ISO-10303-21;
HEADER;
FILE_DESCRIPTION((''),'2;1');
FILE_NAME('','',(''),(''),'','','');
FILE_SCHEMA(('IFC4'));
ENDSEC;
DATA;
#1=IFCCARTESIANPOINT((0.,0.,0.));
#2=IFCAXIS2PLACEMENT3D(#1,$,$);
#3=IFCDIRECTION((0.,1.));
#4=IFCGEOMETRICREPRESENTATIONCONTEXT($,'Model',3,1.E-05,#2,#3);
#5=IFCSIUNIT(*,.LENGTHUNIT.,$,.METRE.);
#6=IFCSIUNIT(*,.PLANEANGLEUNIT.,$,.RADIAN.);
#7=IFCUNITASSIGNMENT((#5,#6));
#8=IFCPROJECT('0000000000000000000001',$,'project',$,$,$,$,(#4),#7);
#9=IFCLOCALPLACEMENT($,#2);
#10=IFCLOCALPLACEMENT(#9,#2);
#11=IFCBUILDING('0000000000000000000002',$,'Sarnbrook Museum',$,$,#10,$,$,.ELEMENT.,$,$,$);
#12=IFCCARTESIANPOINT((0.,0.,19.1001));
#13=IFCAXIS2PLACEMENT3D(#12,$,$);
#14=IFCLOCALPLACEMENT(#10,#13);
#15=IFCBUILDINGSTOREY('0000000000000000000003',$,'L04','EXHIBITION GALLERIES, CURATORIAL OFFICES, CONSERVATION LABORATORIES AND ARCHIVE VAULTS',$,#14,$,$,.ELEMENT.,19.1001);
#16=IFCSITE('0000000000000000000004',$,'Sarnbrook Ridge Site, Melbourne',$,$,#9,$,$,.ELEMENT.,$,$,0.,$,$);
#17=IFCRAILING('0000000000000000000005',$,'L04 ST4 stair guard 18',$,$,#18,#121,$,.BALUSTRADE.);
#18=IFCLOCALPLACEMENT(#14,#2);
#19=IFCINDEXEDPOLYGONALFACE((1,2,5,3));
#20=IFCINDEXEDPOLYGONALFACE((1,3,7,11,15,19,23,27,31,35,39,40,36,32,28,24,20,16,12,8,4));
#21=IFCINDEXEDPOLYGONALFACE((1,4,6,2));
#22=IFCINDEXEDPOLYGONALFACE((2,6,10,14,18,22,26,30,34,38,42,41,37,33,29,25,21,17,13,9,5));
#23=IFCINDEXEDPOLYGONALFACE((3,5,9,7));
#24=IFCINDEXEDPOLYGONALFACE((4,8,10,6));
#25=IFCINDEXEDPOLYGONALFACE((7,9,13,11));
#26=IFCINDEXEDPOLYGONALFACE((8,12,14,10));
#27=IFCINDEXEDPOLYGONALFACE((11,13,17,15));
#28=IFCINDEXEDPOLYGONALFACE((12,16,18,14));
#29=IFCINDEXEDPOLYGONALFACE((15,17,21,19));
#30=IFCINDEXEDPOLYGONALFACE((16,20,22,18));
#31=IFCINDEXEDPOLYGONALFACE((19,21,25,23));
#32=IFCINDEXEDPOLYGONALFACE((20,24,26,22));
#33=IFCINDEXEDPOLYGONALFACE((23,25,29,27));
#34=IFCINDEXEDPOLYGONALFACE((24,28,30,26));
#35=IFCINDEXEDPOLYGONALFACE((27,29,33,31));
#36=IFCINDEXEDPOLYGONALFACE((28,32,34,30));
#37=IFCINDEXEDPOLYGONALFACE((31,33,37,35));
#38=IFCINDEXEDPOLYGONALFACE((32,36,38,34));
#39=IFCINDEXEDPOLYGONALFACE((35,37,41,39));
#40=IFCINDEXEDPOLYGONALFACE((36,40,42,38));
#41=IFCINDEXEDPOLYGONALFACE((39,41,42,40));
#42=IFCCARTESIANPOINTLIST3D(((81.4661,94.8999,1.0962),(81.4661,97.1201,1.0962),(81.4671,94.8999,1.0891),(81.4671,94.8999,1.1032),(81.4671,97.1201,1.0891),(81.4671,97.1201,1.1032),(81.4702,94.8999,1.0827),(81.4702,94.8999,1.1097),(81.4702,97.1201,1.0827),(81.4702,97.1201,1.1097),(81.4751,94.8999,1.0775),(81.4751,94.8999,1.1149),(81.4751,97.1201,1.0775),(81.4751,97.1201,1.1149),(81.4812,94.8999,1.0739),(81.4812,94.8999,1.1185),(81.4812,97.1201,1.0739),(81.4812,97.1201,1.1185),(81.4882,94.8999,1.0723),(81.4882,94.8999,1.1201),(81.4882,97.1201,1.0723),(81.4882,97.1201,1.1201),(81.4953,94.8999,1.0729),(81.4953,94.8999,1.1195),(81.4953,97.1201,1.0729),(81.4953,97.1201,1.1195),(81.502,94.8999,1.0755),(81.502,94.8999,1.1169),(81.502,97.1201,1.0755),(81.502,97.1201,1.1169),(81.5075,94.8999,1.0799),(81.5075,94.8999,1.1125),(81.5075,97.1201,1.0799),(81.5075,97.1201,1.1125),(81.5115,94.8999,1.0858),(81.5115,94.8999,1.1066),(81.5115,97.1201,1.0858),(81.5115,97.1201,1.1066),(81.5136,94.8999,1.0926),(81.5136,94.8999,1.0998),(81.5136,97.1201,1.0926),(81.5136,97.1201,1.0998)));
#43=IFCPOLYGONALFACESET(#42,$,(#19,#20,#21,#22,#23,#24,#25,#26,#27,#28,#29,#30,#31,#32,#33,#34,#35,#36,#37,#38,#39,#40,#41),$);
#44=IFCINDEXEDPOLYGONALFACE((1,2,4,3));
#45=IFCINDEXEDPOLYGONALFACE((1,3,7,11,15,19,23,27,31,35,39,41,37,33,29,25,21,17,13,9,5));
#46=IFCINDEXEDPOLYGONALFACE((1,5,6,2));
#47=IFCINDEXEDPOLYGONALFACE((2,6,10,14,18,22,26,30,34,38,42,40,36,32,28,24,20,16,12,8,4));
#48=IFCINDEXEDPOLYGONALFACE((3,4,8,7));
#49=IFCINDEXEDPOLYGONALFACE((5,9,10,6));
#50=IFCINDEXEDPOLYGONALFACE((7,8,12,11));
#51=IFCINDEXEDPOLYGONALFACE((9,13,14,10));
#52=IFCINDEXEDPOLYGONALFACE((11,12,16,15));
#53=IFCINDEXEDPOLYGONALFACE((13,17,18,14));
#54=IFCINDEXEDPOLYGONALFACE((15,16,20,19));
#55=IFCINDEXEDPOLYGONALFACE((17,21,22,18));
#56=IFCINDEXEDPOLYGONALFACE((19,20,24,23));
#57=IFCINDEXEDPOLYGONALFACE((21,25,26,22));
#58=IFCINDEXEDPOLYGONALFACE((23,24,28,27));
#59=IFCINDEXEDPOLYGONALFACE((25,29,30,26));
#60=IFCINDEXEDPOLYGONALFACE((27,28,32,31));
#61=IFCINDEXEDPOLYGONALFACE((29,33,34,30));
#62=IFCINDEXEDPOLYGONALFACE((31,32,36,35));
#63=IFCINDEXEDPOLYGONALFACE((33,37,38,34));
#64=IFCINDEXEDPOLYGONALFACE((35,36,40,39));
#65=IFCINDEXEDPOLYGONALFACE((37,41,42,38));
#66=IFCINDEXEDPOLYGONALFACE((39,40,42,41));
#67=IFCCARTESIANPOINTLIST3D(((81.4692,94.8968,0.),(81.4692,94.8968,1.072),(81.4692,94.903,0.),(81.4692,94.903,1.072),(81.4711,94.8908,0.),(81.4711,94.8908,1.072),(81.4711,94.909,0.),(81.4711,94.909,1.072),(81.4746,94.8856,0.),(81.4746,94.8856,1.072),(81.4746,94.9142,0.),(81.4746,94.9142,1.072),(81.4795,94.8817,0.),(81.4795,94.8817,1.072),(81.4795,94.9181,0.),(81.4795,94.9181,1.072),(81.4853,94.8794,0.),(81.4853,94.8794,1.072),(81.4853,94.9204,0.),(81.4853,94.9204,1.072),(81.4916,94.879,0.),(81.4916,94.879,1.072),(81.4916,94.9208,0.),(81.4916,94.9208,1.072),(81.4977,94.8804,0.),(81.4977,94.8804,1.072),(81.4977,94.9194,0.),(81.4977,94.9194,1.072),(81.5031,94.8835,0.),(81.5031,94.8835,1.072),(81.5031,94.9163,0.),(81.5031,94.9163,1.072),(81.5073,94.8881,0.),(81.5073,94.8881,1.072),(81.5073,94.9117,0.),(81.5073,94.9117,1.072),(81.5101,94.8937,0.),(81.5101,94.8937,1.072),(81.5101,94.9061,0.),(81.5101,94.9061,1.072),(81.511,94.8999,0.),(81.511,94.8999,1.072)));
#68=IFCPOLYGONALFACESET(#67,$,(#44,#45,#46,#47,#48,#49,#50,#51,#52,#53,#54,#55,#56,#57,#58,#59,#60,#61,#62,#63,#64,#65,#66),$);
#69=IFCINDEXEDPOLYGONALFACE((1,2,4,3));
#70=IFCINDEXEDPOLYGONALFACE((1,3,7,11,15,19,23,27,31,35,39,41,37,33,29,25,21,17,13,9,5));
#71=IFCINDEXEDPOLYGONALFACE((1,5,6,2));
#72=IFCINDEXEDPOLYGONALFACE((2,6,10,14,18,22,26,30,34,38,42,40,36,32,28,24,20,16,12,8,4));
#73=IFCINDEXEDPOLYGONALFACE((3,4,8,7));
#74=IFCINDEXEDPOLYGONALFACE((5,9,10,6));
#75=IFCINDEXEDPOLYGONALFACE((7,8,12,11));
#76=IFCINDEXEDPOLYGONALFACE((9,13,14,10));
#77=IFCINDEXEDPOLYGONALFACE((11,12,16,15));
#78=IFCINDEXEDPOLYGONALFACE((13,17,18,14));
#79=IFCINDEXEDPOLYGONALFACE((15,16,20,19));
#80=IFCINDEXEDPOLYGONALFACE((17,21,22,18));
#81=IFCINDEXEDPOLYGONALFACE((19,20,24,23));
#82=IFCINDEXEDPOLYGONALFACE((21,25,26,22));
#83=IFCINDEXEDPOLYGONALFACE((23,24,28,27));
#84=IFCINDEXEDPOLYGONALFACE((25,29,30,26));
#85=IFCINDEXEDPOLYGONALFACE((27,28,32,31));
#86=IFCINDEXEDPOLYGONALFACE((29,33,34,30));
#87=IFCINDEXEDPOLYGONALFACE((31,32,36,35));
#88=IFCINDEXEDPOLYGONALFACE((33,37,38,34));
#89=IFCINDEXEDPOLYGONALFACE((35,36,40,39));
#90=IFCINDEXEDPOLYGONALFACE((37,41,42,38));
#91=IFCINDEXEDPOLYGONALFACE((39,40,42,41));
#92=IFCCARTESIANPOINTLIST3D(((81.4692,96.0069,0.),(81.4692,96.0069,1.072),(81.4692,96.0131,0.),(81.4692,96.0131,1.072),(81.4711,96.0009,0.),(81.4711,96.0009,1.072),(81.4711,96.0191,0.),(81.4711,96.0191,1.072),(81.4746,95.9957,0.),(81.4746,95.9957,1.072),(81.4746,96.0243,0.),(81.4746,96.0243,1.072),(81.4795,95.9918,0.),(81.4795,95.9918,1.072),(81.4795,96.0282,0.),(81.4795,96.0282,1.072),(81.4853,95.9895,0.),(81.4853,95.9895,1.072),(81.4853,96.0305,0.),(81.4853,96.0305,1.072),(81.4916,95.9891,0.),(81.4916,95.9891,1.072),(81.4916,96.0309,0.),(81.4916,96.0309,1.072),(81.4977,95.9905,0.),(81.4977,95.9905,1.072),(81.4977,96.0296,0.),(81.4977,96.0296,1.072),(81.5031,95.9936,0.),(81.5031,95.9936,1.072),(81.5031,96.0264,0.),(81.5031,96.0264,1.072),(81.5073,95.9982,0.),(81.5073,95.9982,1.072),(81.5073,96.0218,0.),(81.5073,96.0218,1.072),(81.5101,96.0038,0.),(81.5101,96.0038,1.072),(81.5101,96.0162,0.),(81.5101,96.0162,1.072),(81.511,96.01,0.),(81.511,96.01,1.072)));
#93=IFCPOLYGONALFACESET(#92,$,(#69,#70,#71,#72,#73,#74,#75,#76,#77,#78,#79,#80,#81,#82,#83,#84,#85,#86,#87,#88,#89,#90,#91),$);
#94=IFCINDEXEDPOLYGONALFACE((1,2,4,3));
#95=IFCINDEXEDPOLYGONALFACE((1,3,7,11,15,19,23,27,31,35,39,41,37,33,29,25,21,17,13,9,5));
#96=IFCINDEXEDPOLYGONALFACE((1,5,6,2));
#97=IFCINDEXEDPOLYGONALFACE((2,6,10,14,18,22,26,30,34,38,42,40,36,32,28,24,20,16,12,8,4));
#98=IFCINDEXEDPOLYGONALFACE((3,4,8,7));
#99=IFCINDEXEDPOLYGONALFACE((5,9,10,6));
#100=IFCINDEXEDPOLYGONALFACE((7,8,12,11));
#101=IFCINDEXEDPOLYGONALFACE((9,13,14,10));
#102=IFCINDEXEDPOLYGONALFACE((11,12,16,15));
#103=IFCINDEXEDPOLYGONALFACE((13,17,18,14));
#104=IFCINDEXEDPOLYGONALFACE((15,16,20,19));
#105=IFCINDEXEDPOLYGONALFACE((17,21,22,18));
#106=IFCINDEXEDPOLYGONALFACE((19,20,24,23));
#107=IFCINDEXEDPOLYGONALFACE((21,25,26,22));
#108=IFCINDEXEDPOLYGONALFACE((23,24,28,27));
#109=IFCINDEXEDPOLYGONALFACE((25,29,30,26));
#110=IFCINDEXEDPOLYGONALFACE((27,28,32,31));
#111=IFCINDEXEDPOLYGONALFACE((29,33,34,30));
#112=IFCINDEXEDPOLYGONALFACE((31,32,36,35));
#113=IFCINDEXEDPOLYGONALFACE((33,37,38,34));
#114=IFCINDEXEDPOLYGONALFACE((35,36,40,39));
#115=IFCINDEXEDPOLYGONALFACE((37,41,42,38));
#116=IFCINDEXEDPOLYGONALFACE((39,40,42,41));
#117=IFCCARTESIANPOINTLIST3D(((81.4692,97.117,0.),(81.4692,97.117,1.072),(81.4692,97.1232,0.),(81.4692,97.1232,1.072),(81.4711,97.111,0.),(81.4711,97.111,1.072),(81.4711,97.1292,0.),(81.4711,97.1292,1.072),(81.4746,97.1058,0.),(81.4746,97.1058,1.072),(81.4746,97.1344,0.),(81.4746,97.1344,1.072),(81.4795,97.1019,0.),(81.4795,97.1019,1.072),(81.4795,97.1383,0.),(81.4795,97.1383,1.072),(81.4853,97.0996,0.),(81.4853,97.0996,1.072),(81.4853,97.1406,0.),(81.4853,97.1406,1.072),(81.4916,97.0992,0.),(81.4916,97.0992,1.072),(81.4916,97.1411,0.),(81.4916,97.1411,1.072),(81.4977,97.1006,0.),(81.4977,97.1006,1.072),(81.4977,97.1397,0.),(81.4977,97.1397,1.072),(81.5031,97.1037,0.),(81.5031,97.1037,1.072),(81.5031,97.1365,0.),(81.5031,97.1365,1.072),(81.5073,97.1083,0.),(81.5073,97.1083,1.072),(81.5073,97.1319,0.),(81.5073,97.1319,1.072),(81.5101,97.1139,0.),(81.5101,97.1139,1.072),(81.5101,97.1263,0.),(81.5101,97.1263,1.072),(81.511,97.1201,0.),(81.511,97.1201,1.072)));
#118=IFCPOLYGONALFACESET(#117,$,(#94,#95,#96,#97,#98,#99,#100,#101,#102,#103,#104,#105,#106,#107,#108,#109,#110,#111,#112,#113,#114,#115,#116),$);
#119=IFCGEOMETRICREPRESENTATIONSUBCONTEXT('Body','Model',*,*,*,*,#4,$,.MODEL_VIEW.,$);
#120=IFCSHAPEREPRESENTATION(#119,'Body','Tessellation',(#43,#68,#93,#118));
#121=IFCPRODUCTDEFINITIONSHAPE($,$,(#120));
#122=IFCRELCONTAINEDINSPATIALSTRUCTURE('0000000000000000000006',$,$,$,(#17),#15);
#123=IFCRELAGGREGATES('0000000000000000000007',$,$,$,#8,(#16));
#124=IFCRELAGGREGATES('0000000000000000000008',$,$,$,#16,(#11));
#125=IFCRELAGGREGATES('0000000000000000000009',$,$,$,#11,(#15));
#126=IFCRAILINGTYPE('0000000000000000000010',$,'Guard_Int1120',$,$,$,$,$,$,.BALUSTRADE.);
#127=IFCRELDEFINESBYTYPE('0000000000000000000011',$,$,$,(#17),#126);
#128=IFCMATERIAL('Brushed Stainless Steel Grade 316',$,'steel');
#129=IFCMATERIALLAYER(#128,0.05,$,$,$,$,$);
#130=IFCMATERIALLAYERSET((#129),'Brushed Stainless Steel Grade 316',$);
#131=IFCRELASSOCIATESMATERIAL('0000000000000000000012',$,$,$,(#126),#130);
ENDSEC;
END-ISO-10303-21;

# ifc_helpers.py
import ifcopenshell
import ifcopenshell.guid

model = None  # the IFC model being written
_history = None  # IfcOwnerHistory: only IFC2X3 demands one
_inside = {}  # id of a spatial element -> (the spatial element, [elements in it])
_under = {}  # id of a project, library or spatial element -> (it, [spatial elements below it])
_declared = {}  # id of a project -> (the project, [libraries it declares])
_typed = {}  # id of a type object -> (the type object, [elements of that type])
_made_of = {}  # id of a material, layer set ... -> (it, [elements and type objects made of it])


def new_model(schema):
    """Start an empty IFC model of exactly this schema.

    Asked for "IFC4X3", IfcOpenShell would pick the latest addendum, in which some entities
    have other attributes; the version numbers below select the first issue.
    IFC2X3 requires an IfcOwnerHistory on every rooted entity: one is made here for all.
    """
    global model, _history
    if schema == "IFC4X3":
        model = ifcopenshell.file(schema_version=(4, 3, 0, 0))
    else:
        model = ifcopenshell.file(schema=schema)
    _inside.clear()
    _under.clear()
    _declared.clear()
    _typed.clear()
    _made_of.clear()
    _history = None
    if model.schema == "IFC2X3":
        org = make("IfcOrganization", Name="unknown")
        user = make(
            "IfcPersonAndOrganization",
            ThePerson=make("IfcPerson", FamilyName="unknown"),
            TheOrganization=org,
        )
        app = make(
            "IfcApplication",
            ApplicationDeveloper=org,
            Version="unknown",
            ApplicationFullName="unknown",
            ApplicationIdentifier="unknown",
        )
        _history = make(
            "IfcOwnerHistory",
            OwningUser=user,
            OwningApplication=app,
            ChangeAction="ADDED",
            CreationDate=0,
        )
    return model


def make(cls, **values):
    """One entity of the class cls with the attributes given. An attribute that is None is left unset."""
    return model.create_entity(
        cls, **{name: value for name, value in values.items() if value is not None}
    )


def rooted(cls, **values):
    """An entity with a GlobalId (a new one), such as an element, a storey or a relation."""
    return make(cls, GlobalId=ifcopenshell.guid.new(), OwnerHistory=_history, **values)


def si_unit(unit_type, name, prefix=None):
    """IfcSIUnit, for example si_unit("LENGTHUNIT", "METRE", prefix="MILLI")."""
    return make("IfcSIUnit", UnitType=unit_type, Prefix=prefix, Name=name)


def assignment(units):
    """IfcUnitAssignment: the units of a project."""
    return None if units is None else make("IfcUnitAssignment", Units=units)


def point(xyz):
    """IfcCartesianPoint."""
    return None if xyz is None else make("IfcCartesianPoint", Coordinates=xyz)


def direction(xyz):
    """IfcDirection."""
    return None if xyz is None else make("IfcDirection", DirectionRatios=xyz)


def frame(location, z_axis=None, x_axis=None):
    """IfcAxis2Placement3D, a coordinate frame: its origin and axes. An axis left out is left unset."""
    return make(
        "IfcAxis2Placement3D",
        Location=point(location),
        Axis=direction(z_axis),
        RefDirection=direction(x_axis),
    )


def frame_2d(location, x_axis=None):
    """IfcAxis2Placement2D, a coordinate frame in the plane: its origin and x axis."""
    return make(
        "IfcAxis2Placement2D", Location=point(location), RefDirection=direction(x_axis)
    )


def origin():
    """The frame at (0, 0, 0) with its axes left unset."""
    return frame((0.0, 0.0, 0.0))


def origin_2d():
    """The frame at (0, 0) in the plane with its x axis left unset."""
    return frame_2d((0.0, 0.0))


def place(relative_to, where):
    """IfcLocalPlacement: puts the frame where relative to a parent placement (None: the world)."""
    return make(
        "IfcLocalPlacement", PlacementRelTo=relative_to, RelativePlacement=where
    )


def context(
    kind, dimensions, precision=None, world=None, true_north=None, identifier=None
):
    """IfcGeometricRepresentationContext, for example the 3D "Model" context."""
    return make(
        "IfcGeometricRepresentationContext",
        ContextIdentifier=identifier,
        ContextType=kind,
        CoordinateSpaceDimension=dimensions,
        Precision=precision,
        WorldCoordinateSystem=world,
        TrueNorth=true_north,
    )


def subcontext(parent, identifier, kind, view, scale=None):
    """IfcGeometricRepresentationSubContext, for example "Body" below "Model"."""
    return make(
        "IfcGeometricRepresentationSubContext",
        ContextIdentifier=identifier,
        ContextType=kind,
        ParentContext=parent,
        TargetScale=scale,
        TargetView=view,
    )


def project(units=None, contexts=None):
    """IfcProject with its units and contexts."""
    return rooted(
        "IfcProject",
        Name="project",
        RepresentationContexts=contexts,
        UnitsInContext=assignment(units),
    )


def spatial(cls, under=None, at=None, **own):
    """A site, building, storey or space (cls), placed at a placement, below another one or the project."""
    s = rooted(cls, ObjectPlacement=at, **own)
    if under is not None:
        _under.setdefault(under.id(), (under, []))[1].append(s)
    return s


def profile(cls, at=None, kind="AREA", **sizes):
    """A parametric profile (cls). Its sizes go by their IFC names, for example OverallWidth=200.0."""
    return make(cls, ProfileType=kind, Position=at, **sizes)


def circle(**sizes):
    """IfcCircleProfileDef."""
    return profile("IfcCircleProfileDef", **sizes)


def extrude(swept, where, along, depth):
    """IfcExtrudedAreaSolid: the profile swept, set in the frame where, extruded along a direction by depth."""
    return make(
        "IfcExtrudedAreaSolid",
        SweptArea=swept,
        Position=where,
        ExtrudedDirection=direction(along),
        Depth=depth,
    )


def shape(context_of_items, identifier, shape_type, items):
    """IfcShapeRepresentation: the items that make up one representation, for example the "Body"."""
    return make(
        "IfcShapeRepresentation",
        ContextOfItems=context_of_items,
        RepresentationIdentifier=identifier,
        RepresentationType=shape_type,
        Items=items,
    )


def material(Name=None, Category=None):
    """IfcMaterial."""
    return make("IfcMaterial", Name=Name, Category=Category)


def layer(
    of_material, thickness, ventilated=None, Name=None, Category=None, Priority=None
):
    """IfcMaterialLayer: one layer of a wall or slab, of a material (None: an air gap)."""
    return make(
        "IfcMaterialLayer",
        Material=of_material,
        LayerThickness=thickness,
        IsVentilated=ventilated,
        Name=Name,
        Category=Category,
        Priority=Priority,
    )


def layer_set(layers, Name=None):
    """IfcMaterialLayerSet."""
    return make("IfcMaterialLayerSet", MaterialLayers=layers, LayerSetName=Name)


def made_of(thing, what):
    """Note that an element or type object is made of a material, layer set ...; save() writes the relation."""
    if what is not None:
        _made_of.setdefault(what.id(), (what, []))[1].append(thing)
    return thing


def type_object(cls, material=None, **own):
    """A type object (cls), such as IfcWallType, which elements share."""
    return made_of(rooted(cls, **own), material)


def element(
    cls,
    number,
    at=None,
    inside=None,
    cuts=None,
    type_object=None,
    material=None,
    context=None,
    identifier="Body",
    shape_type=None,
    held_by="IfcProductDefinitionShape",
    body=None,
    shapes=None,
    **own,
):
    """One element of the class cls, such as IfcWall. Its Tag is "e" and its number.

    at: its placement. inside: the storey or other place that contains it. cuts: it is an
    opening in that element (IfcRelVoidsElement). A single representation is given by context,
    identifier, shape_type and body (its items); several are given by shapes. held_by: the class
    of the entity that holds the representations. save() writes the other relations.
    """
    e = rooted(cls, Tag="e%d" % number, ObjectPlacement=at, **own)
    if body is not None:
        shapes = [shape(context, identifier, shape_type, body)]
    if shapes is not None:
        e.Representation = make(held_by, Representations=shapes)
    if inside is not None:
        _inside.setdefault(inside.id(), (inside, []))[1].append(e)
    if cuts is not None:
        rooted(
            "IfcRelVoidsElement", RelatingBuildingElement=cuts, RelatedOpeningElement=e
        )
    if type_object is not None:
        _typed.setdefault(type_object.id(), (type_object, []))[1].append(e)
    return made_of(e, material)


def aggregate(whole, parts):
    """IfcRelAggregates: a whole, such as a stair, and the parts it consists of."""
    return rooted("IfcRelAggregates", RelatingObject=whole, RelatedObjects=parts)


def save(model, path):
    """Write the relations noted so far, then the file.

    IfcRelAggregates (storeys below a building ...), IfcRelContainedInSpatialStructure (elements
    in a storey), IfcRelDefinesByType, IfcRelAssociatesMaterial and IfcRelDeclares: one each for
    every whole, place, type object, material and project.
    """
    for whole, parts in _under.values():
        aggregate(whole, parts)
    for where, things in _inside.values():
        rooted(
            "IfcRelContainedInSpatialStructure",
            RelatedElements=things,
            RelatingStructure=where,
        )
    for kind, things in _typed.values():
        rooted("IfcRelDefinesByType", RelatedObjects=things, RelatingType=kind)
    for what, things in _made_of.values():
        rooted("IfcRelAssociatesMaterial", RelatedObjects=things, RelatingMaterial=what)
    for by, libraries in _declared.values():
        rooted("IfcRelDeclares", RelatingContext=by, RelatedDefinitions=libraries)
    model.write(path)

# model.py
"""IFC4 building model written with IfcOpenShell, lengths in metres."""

from ifc_helpers import new_model, si_unit, direction, frame, origin, origin_2d, place, context, subcontext, project, spatial, circle, extrude, material, layer, layer_set, type_object, element, save


model = new_model("IFC4")

# Units and contexts
model_context = context("Model", 3, precision=1e-05, world=origin(), true_north=direction((0.0, 1.0)))
body_context = subcontext(model_context, "Body", "Model", "MODEL_VIEW")
ifc_project = project(units=[si_unit("LENGTHUNIT", "METRE"), si_unit("PLANEANGLEUNIT", "RADIAN")], contexts=[model_context])

# Site, building, storey
site_placement = place(None, origin())
site = spatial("IfcSite", under=ifc_project, at=site_placement, Name="Sarnbrook Ridge Site, Melbourne", CompositionType="ELEMENT", RefElevation=0.0)
building_placement = place(site_placement, origin())
building = spatial("IfcBuilding", under=site, at=building_placement, Name="Sarnbrook Museum", CompositionType="ELEMENT")
storey_placement = place(building_placement, frame((0.0, 0.0, 19.1001)))
storey = spatial("IfcBuildingStorey", under=building, at=storey_placement, Name="L04", Description="EXHIBITION GALLERIES, CURATORIAL OFFICES, CONSERVATION LABORATORIES AND ARCHIVE VAULTS", CompositionType="ELEMENT", Elevation=19.1001)

# Shared definitions
ifc_material_1 = material(Name="Brushed Stainless Steel Grade 316", Category="steel")

# Railing
ifc_layer_1 = layer(ifc_material_1, 0.05)
ifc_layer_set_1 = layer_set([ifc_layer_1], Name="Brushed Stainless Steel Grade 316")
railing_type_1 = type_object("IfcRailingType", Name="Guard_Int1120", PredefinedType="BALUSTRADE", material=ifc_layer_set_1)
for number, where, name in (
    (1, (81.49, 94.8999, 0.0), "L04 ST4 stair guard 18"),
):
    element("IfcRailing", number, at=place(storey_placement, frame(where)), inside=storey, type_object=railing_type_1, Name=name, PredefinedType="BALUSTRADE", context=body_context, shape_type="SweptSolid", body=[
        extrude(circle(Radius=0.0239, at=origin_2d()), frame((0.0, 0.0, 1.0962), z_axis=(0.0, 1.0, 0.0), x_axis=(-1.0, 0.0, 0.0)), (0.0, 0.0, 1.0), 2.2202),
        extrude(circle(Radius=0.021, at=origin_2d()), origin(), (0.0, 0.0, 1.0), 1.072),
        extrude(circle(Radius=0.021, at=origin_2d()), frame((0.0, 1.1101, 0.0)), (0.0, 0.0, 1.0), 1.072),
        extrude(circle(Radius=0.021, at=origin_2d()), frame((0.0, 2.2202, 0.0)), (0.0, 0.0, 1.0), 1.072),
    ])

save(model, "model.ifc")
